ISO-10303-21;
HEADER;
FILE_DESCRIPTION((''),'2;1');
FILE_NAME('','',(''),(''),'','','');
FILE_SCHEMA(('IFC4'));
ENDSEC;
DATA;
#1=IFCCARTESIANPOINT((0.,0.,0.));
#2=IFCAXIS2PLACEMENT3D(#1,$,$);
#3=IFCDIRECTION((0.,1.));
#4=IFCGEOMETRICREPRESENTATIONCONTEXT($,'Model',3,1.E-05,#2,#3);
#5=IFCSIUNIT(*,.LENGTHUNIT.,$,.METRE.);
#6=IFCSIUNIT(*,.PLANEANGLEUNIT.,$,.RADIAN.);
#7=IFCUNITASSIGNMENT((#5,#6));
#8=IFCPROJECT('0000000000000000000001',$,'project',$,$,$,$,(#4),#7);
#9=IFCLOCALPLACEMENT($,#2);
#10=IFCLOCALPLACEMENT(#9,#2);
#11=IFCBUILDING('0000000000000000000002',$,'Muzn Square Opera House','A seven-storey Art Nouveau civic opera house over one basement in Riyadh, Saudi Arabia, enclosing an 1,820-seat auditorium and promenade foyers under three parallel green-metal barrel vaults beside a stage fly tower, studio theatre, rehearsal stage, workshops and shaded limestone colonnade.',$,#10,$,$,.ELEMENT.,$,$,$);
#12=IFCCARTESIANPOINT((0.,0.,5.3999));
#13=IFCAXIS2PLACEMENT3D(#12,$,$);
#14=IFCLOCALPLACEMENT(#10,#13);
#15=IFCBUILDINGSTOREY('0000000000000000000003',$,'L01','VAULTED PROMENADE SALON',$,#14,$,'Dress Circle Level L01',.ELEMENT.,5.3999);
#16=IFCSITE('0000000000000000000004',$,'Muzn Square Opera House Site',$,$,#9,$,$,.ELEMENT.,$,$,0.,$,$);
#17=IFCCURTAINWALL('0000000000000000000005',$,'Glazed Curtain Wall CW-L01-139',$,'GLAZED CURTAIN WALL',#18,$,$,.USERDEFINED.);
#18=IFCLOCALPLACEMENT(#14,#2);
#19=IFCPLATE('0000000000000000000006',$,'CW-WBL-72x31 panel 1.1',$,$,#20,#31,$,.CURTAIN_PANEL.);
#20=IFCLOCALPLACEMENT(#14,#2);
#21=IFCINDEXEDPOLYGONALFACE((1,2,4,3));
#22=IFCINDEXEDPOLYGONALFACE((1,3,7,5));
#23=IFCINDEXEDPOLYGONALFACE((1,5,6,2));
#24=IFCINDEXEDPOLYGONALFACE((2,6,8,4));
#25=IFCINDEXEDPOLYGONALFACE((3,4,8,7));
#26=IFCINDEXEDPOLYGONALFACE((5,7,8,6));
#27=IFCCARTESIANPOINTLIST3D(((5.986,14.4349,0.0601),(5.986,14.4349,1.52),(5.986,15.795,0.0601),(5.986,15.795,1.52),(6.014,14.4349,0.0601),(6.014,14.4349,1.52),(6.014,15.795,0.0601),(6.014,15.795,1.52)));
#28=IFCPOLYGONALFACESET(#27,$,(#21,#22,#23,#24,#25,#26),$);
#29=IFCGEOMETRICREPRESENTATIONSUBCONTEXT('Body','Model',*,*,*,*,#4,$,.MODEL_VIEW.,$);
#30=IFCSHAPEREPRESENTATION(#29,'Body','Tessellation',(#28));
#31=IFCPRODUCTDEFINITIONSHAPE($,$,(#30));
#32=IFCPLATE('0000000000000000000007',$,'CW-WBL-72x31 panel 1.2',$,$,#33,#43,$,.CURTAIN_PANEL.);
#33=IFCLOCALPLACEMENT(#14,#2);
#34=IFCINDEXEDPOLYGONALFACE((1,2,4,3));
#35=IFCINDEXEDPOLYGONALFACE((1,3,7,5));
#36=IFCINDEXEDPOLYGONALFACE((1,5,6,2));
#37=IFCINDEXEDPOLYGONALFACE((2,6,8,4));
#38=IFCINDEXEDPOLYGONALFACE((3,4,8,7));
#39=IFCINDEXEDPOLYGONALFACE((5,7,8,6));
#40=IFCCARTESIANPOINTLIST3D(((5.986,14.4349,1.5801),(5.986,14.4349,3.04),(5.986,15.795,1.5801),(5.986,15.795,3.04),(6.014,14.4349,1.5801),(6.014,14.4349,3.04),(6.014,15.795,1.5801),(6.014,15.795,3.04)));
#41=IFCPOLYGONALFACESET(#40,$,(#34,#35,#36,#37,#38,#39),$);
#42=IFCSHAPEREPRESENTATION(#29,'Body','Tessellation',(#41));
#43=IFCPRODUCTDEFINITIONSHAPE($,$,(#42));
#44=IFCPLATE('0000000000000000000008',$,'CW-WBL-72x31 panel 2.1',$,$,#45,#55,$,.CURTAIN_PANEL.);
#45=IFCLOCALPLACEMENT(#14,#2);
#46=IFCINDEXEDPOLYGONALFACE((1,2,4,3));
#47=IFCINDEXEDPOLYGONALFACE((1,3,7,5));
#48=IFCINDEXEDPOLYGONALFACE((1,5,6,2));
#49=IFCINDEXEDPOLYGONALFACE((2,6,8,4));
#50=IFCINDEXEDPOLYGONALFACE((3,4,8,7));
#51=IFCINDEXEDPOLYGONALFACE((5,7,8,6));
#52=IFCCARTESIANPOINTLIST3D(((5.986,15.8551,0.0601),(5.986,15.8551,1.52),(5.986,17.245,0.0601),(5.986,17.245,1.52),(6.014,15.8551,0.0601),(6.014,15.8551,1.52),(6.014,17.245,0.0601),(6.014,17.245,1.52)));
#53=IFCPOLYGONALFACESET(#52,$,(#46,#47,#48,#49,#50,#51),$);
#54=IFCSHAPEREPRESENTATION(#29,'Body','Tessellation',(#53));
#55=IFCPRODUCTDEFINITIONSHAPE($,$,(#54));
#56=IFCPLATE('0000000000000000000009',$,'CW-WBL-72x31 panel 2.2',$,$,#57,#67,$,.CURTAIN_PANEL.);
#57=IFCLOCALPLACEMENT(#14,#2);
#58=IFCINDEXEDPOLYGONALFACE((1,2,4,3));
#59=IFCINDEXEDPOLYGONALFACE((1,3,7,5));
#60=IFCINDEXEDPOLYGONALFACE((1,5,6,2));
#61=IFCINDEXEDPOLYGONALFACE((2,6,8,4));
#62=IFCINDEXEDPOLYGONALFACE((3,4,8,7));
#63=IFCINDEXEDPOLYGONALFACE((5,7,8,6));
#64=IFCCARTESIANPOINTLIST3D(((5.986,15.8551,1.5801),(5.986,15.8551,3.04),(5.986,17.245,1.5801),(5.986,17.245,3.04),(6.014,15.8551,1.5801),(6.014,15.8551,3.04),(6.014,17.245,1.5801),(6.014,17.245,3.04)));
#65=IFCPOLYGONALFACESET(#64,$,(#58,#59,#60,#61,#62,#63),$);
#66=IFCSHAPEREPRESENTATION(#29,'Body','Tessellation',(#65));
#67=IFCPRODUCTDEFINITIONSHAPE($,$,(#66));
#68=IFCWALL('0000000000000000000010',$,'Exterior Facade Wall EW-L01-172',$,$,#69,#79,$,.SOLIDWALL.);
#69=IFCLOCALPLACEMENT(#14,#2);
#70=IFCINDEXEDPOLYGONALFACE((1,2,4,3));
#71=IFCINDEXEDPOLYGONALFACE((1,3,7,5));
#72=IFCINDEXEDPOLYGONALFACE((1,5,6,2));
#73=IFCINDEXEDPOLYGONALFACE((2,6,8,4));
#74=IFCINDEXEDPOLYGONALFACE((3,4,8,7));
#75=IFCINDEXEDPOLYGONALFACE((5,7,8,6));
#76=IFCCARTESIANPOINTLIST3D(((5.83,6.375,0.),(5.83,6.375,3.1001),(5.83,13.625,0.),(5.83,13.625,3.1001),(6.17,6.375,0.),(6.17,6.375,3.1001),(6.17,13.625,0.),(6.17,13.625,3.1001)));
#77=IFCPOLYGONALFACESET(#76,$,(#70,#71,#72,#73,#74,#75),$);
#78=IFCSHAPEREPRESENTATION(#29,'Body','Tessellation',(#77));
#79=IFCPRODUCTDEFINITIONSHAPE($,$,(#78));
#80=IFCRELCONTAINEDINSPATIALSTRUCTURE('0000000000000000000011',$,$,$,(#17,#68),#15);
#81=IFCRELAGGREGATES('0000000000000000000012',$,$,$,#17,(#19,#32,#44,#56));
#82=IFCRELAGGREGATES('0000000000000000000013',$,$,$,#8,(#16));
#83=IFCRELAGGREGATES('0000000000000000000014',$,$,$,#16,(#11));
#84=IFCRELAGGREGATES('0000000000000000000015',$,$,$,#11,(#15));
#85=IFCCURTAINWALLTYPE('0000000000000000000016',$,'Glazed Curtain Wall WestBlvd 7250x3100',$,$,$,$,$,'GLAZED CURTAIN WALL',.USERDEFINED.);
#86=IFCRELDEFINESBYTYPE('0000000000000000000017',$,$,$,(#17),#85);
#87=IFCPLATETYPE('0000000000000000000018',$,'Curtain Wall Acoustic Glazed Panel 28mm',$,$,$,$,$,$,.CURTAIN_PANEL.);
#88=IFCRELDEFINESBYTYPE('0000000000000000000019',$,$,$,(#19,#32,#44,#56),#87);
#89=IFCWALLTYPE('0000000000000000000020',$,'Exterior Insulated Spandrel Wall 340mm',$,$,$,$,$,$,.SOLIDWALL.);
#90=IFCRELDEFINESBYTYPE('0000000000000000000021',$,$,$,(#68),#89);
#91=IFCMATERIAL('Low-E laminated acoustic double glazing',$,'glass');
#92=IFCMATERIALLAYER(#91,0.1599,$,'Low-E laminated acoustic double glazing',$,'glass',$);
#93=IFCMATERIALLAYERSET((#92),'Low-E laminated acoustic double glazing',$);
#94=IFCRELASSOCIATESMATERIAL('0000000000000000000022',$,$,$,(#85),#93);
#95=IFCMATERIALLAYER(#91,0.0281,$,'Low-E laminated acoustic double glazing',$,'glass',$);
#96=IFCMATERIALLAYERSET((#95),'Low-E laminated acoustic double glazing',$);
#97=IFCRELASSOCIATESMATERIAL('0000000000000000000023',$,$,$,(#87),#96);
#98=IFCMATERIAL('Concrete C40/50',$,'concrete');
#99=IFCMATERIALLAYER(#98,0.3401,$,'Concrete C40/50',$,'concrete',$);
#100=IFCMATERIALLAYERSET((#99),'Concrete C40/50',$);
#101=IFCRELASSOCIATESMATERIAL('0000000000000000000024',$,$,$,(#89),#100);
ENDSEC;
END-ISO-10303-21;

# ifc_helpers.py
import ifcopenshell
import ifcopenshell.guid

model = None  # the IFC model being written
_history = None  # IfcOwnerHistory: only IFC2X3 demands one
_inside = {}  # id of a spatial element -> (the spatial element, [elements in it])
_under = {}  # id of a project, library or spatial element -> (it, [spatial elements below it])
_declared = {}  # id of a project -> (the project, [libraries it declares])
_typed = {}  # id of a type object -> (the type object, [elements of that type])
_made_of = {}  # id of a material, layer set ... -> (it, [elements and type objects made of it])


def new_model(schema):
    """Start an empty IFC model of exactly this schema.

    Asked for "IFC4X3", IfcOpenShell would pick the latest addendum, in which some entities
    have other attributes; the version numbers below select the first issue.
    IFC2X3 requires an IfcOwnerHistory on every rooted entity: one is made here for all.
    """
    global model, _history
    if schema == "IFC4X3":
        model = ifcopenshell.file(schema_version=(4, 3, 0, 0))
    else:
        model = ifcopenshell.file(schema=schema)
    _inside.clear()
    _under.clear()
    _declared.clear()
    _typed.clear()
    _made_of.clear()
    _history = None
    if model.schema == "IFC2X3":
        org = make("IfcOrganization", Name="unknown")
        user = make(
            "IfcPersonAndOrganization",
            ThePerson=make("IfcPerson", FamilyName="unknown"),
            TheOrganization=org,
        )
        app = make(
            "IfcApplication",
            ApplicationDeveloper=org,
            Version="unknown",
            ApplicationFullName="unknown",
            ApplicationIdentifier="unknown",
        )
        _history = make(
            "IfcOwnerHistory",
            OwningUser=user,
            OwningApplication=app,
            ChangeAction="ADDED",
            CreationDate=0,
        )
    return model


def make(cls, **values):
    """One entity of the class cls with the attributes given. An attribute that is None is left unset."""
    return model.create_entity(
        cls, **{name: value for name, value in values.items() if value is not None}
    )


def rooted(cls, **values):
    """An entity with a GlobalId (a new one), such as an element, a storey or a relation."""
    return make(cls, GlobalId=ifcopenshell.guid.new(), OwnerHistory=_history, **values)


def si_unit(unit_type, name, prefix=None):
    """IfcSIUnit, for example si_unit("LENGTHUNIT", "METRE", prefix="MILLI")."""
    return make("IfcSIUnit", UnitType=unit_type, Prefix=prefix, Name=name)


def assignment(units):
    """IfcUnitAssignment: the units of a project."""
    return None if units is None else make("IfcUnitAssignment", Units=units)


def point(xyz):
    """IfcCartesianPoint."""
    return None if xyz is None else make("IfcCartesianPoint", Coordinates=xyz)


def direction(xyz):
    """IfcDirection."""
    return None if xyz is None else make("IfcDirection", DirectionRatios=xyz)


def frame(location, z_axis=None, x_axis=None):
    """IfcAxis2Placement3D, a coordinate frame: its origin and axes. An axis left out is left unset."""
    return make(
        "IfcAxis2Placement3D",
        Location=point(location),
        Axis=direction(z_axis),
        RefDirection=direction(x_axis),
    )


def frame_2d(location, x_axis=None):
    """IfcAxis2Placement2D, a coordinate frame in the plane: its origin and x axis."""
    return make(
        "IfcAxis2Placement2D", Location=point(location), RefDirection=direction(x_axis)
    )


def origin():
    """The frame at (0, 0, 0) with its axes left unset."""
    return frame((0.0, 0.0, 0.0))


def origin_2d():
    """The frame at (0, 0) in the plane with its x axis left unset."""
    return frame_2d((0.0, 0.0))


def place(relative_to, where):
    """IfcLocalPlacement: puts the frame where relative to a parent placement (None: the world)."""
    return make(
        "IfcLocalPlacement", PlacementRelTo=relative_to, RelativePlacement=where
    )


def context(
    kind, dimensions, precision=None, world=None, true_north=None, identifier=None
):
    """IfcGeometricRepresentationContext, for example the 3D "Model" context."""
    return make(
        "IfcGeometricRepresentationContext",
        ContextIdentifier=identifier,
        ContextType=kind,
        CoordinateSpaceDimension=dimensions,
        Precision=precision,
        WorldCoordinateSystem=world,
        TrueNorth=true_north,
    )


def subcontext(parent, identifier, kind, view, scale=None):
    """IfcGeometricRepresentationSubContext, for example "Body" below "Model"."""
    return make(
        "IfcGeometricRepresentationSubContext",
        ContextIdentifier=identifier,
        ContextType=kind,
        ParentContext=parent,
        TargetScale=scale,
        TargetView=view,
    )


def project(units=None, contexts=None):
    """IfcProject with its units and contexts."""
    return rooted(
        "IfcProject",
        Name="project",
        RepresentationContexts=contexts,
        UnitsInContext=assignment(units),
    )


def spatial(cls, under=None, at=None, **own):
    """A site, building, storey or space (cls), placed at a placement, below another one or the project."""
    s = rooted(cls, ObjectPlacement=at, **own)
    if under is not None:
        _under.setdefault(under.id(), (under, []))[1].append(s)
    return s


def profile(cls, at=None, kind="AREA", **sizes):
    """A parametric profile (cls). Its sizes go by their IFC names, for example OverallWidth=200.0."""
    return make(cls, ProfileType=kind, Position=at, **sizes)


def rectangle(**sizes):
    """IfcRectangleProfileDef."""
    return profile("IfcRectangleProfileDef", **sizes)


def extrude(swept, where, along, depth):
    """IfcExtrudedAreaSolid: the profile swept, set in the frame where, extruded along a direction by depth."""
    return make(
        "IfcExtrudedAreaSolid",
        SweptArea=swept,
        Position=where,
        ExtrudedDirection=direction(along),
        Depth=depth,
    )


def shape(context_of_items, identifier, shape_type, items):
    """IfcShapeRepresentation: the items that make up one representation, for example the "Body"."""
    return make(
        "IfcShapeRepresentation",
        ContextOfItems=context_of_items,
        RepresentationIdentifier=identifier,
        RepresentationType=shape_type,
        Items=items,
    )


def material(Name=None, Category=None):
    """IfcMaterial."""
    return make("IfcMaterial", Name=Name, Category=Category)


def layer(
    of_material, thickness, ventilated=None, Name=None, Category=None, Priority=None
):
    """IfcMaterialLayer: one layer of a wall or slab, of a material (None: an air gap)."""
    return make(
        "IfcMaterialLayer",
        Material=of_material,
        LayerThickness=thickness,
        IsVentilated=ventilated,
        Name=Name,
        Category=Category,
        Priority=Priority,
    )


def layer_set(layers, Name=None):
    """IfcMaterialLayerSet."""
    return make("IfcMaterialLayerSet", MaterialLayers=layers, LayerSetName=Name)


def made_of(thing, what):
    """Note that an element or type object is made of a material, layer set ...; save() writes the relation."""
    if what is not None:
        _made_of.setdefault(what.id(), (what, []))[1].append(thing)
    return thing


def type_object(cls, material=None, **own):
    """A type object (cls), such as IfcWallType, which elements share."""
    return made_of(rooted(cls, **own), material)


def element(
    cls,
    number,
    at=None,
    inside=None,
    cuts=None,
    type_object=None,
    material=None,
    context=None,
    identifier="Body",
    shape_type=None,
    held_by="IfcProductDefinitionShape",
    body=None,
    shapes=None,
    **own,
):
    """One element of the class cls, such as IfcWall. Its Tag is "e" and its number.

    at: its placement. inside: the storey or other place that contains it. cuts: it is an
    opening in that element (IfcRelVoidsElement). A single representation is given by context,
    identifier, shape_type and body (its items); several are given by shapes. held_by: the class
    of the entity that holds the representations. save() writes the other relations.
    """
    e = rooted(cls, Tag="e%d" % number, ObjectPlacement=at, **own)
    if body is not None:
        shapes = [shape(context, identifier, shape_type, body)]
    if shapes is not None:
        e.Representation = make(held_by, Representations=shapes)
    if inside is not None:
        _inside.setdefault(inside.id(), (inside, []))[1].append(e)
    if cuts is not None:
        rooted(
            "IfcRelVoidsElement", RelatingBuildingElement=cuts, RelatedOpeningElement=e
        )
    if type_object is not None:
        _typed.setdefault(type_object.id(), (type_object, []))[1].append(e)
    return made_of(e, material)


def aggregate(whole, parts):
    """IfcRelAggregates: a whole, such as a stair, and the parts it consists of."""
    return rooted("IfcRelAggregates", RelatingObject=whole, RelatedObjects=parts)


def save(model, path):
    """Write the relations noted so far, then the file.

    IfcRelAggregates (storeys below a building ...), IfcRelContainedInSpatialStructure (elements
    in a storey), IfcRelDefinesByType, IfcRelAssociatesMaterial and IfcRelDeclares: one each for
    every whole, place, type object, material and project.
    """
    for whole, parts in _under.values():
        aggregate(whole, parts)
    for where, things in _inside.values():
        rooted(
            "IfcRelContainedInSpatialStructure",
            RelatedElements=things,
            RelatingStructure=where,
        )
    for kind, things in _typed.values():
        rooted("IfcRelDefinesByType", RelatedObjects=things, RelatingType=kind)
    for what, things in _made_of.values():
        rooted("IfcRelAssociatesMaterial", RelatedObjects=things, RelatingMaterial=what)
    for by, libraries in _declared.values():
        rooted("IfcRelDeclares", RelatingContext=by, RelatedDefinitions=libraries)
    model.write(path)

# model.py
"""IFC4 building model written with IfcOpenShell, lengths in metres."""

from ifc_helpers import new_model, si_unit, direction, frame, frame_2d, origin, origin_2d, place, context, subcontext, project, spatial, rectangle, extrude, material, layer, layer_set, type_object, element, aggregate, save


model = new_model("IFC4")

# Units and contexts
model_context = context("Model", 3, precision=1e-05, world=origin(), true_north=direction((0.0, 1.0)))
body_context = subcontext(model_context, "Body", "Model", "MODEL_VIEW")
ifc_project = project(units=[si_unit("LENGTHUNIT", "METRE"), si_unit("PLANEANGLEUNIT", "RADIAN")], contexts=[model_context])

# Site, building, storey
site_placement = place(None, origin())
site = spatial("IfcSite", under=ifc_project, at=site_placement, Name="Muzn Square Opera House Site", CompositionType="ELEMENT", RefElevation=0.0)
building_placement = place(site_placement, origin())
building = spatial("IfcBuilding", under=site, at=building_placement, Name="Muzn Square Opera House", Description="A seven-storey Art Nouveau civic opera house over one basement in Riyadh, Saudi Arabia, enclosing an 1,820-seat auditorium and promenade foyers under three parallel green-metal barrel vaults beside a stage fly tower, studio theatre, rehearsal stage, workshops and shaded limestone colonnade.", CompositionType="ELEMENT")
storey_placement = place(building_placement, frame((0.0, 0.0, 5.3999)))
storey = spatial("IfcBuildingStorey", under=building, at=storey_placement, Name="L01", Description="VAULTED PROMENADE SALON", LongName="Dress Circle Level L01", CompositionType="ELEMENT", Elevation=5.3999)

# Curtain wall
ifc_material_1 = material(Name="Low-E laminated acoustic double glazing", Category="glass")
ifc_layer_1 = layer(ifc_material_1, 0.1599, Name="Low-E laminated acoustic double glazing", Category="glass")
ifc_layer_set_1 = layer_set([ifc_layer_1], Name="Low-E laminated acoustic double glazing")
curtain_wall_type = type_object("IfcCurtainWallType", Name="Glazed Curtain Wall WestBlvd 7250x3100", ElementType="GLAZED CURTAIN WALL", PredefinedType="USERDEFINED", material=ifc_layer_set_1)
curtain_wall_placement = place(storey_placement, origin())
curtain_wall = element("IfcCurtainWall", 1, at=curtain_wall_placement, inside=storey, type_object=curtain_wall_type, Name="Glazed Curtain Wall CW-L01-139", ObjectType="GLAZED CURTAIN WALL", PredefinedType="USERDEFINED")

# Shared definitions
ifc_material_2 = material(Name="Concrete C40/50", Category="concrete")

# Plates
ifc_layer_2 = layer(ifc_material_1, 0.0281, Name="Low-E laminated acoustic double glazing", Category="glass")
ifc_layer_set_2 = layer_set([ifc_layer_2], Name="Low-E laminated acoustic double glazing")
plate_type = type_object("IfcPlateType", Name="Curtain Wall Acoustic Glazed Panel 28mm", PredefinedType="CURTAIN_PANEL", material=ifc_layer_set_2)
plate_1_placement = place(storey_placement, frame((6.0, 15.115, 0.0601), z_axis=(0.0, 0.0, 1.0), x_axis=(0.0, 1.0, 0.0)))
plate_1 = element("IfcPlate", 2, at=plate_1_placement, type_object=plate_type, Name="CW-WBL-72x31 panel 1.1", PredefinedType="CURTAIN_PANEL", context=body_context, shape_type="SweptSolid", body=[
    extrude(rectangle(XDim=1.3601, YDim=0.0281, at=origin_2d()), origin(), (0.0, 0.0, 1.0), 1.46),
])
plate_2_placement = place(storey_placement, frame((6.0, 15.115, 1.5801), z_axis=(0.0, 0.0, 1.0), x_axis=(0.0, 1.0, 0.0)))
plate_2 = element("IfcPlate", 3, at=plate_2_placement, type_object=plate_type, Name="CW-WBL-72x31 panel 1.2", PredefinedType="CURTAIN_PANEL", context=body_context, shape_type="SweptSolid", body=[
    extrude(rectangle(XDim=1.3601, YDim=0.0281, at=origin_2d()), origin(), (0.0, 0.0, 1.0), 1.46),
])
plate_3_placement = place(storey_placement, frame((6.0, 16.55, 0.0601), z_axis=(0.0, 0.0, 1.0), x_axis=(0.0, 1.0, 0.0)))
plate_3 = element("IfcPlate", 4, at=plate_3_placement, type_object=plate_type, Name="CW-WBL-72x31 panel 2.1", PredefinedType="CURTAIN_PANEL", context=body_context, shape_type="SweptSolid", body=[
    extrude(rectangle(XDim=1.3899, YDim=0.0281, at=origin_2d()), origin(), (0.0, 0.0, 1.0), 1.46),
])
plate_4_placement = place(storey_placement, frame((6.0, 16.55, 1.5801), z_axis=(0.0, 0.0, 1.0), x_axis=(0.0, 1.0, 0.0)))
plate_4 = element("IfcPlate", 5, at=plate_4_placement, type_object=plate_type, Name="CW-WBL-72x31 panel 2.2", PredefinedType="CURTAIN_PANEL", context=body_context, shape_type="SweptSolid", body=[
    extrude(rectangle(XDim=1.3899, YDim=0.0281, at=origin_2d()), origin(), (0.0, 0.0, 1.0), 1.46),
])
aggregate(curtain_wall, [plate_1, plate_2, plate_3, plate_4])

# Wall
ifc_layer_3 = layer(ifc_material_2, 0.3401, Name="Concrete C40/50", Category="concrete")
ifc_layer_set_3 = layer_set([ifc_layer_3], Name="Concrete C40/50")
wall_type = type_object("IfcWallType", Name="Exterior Insulated Spandrel Wall 340mm", PredefinedType="SOLIDWALL", material=ifc_layer_set_3)
wall_placement = place(storey_placement, frame((6.0, 6.375, 0.0), z_axis=(0.0, 0.0, 1.0), x_axis=(0.0, 1.0, 0.0)))
element("IfcWall", 6, at=wall_placement, inside=storey, type_object=wall_type, Name="Exterior Facade Wall EW-L01-172", PredefinedType="SOLIDWALL", context=body_context, shape_type="SweptSolid", body=[
    extrude(rectangle(XDim=7.25, YDim=0.3401, at=frame_2d((3.625, 0.0))), origin(), (0.0, 0.0, 1.0), 3.1001),
])

save(model, "model.ifc")
